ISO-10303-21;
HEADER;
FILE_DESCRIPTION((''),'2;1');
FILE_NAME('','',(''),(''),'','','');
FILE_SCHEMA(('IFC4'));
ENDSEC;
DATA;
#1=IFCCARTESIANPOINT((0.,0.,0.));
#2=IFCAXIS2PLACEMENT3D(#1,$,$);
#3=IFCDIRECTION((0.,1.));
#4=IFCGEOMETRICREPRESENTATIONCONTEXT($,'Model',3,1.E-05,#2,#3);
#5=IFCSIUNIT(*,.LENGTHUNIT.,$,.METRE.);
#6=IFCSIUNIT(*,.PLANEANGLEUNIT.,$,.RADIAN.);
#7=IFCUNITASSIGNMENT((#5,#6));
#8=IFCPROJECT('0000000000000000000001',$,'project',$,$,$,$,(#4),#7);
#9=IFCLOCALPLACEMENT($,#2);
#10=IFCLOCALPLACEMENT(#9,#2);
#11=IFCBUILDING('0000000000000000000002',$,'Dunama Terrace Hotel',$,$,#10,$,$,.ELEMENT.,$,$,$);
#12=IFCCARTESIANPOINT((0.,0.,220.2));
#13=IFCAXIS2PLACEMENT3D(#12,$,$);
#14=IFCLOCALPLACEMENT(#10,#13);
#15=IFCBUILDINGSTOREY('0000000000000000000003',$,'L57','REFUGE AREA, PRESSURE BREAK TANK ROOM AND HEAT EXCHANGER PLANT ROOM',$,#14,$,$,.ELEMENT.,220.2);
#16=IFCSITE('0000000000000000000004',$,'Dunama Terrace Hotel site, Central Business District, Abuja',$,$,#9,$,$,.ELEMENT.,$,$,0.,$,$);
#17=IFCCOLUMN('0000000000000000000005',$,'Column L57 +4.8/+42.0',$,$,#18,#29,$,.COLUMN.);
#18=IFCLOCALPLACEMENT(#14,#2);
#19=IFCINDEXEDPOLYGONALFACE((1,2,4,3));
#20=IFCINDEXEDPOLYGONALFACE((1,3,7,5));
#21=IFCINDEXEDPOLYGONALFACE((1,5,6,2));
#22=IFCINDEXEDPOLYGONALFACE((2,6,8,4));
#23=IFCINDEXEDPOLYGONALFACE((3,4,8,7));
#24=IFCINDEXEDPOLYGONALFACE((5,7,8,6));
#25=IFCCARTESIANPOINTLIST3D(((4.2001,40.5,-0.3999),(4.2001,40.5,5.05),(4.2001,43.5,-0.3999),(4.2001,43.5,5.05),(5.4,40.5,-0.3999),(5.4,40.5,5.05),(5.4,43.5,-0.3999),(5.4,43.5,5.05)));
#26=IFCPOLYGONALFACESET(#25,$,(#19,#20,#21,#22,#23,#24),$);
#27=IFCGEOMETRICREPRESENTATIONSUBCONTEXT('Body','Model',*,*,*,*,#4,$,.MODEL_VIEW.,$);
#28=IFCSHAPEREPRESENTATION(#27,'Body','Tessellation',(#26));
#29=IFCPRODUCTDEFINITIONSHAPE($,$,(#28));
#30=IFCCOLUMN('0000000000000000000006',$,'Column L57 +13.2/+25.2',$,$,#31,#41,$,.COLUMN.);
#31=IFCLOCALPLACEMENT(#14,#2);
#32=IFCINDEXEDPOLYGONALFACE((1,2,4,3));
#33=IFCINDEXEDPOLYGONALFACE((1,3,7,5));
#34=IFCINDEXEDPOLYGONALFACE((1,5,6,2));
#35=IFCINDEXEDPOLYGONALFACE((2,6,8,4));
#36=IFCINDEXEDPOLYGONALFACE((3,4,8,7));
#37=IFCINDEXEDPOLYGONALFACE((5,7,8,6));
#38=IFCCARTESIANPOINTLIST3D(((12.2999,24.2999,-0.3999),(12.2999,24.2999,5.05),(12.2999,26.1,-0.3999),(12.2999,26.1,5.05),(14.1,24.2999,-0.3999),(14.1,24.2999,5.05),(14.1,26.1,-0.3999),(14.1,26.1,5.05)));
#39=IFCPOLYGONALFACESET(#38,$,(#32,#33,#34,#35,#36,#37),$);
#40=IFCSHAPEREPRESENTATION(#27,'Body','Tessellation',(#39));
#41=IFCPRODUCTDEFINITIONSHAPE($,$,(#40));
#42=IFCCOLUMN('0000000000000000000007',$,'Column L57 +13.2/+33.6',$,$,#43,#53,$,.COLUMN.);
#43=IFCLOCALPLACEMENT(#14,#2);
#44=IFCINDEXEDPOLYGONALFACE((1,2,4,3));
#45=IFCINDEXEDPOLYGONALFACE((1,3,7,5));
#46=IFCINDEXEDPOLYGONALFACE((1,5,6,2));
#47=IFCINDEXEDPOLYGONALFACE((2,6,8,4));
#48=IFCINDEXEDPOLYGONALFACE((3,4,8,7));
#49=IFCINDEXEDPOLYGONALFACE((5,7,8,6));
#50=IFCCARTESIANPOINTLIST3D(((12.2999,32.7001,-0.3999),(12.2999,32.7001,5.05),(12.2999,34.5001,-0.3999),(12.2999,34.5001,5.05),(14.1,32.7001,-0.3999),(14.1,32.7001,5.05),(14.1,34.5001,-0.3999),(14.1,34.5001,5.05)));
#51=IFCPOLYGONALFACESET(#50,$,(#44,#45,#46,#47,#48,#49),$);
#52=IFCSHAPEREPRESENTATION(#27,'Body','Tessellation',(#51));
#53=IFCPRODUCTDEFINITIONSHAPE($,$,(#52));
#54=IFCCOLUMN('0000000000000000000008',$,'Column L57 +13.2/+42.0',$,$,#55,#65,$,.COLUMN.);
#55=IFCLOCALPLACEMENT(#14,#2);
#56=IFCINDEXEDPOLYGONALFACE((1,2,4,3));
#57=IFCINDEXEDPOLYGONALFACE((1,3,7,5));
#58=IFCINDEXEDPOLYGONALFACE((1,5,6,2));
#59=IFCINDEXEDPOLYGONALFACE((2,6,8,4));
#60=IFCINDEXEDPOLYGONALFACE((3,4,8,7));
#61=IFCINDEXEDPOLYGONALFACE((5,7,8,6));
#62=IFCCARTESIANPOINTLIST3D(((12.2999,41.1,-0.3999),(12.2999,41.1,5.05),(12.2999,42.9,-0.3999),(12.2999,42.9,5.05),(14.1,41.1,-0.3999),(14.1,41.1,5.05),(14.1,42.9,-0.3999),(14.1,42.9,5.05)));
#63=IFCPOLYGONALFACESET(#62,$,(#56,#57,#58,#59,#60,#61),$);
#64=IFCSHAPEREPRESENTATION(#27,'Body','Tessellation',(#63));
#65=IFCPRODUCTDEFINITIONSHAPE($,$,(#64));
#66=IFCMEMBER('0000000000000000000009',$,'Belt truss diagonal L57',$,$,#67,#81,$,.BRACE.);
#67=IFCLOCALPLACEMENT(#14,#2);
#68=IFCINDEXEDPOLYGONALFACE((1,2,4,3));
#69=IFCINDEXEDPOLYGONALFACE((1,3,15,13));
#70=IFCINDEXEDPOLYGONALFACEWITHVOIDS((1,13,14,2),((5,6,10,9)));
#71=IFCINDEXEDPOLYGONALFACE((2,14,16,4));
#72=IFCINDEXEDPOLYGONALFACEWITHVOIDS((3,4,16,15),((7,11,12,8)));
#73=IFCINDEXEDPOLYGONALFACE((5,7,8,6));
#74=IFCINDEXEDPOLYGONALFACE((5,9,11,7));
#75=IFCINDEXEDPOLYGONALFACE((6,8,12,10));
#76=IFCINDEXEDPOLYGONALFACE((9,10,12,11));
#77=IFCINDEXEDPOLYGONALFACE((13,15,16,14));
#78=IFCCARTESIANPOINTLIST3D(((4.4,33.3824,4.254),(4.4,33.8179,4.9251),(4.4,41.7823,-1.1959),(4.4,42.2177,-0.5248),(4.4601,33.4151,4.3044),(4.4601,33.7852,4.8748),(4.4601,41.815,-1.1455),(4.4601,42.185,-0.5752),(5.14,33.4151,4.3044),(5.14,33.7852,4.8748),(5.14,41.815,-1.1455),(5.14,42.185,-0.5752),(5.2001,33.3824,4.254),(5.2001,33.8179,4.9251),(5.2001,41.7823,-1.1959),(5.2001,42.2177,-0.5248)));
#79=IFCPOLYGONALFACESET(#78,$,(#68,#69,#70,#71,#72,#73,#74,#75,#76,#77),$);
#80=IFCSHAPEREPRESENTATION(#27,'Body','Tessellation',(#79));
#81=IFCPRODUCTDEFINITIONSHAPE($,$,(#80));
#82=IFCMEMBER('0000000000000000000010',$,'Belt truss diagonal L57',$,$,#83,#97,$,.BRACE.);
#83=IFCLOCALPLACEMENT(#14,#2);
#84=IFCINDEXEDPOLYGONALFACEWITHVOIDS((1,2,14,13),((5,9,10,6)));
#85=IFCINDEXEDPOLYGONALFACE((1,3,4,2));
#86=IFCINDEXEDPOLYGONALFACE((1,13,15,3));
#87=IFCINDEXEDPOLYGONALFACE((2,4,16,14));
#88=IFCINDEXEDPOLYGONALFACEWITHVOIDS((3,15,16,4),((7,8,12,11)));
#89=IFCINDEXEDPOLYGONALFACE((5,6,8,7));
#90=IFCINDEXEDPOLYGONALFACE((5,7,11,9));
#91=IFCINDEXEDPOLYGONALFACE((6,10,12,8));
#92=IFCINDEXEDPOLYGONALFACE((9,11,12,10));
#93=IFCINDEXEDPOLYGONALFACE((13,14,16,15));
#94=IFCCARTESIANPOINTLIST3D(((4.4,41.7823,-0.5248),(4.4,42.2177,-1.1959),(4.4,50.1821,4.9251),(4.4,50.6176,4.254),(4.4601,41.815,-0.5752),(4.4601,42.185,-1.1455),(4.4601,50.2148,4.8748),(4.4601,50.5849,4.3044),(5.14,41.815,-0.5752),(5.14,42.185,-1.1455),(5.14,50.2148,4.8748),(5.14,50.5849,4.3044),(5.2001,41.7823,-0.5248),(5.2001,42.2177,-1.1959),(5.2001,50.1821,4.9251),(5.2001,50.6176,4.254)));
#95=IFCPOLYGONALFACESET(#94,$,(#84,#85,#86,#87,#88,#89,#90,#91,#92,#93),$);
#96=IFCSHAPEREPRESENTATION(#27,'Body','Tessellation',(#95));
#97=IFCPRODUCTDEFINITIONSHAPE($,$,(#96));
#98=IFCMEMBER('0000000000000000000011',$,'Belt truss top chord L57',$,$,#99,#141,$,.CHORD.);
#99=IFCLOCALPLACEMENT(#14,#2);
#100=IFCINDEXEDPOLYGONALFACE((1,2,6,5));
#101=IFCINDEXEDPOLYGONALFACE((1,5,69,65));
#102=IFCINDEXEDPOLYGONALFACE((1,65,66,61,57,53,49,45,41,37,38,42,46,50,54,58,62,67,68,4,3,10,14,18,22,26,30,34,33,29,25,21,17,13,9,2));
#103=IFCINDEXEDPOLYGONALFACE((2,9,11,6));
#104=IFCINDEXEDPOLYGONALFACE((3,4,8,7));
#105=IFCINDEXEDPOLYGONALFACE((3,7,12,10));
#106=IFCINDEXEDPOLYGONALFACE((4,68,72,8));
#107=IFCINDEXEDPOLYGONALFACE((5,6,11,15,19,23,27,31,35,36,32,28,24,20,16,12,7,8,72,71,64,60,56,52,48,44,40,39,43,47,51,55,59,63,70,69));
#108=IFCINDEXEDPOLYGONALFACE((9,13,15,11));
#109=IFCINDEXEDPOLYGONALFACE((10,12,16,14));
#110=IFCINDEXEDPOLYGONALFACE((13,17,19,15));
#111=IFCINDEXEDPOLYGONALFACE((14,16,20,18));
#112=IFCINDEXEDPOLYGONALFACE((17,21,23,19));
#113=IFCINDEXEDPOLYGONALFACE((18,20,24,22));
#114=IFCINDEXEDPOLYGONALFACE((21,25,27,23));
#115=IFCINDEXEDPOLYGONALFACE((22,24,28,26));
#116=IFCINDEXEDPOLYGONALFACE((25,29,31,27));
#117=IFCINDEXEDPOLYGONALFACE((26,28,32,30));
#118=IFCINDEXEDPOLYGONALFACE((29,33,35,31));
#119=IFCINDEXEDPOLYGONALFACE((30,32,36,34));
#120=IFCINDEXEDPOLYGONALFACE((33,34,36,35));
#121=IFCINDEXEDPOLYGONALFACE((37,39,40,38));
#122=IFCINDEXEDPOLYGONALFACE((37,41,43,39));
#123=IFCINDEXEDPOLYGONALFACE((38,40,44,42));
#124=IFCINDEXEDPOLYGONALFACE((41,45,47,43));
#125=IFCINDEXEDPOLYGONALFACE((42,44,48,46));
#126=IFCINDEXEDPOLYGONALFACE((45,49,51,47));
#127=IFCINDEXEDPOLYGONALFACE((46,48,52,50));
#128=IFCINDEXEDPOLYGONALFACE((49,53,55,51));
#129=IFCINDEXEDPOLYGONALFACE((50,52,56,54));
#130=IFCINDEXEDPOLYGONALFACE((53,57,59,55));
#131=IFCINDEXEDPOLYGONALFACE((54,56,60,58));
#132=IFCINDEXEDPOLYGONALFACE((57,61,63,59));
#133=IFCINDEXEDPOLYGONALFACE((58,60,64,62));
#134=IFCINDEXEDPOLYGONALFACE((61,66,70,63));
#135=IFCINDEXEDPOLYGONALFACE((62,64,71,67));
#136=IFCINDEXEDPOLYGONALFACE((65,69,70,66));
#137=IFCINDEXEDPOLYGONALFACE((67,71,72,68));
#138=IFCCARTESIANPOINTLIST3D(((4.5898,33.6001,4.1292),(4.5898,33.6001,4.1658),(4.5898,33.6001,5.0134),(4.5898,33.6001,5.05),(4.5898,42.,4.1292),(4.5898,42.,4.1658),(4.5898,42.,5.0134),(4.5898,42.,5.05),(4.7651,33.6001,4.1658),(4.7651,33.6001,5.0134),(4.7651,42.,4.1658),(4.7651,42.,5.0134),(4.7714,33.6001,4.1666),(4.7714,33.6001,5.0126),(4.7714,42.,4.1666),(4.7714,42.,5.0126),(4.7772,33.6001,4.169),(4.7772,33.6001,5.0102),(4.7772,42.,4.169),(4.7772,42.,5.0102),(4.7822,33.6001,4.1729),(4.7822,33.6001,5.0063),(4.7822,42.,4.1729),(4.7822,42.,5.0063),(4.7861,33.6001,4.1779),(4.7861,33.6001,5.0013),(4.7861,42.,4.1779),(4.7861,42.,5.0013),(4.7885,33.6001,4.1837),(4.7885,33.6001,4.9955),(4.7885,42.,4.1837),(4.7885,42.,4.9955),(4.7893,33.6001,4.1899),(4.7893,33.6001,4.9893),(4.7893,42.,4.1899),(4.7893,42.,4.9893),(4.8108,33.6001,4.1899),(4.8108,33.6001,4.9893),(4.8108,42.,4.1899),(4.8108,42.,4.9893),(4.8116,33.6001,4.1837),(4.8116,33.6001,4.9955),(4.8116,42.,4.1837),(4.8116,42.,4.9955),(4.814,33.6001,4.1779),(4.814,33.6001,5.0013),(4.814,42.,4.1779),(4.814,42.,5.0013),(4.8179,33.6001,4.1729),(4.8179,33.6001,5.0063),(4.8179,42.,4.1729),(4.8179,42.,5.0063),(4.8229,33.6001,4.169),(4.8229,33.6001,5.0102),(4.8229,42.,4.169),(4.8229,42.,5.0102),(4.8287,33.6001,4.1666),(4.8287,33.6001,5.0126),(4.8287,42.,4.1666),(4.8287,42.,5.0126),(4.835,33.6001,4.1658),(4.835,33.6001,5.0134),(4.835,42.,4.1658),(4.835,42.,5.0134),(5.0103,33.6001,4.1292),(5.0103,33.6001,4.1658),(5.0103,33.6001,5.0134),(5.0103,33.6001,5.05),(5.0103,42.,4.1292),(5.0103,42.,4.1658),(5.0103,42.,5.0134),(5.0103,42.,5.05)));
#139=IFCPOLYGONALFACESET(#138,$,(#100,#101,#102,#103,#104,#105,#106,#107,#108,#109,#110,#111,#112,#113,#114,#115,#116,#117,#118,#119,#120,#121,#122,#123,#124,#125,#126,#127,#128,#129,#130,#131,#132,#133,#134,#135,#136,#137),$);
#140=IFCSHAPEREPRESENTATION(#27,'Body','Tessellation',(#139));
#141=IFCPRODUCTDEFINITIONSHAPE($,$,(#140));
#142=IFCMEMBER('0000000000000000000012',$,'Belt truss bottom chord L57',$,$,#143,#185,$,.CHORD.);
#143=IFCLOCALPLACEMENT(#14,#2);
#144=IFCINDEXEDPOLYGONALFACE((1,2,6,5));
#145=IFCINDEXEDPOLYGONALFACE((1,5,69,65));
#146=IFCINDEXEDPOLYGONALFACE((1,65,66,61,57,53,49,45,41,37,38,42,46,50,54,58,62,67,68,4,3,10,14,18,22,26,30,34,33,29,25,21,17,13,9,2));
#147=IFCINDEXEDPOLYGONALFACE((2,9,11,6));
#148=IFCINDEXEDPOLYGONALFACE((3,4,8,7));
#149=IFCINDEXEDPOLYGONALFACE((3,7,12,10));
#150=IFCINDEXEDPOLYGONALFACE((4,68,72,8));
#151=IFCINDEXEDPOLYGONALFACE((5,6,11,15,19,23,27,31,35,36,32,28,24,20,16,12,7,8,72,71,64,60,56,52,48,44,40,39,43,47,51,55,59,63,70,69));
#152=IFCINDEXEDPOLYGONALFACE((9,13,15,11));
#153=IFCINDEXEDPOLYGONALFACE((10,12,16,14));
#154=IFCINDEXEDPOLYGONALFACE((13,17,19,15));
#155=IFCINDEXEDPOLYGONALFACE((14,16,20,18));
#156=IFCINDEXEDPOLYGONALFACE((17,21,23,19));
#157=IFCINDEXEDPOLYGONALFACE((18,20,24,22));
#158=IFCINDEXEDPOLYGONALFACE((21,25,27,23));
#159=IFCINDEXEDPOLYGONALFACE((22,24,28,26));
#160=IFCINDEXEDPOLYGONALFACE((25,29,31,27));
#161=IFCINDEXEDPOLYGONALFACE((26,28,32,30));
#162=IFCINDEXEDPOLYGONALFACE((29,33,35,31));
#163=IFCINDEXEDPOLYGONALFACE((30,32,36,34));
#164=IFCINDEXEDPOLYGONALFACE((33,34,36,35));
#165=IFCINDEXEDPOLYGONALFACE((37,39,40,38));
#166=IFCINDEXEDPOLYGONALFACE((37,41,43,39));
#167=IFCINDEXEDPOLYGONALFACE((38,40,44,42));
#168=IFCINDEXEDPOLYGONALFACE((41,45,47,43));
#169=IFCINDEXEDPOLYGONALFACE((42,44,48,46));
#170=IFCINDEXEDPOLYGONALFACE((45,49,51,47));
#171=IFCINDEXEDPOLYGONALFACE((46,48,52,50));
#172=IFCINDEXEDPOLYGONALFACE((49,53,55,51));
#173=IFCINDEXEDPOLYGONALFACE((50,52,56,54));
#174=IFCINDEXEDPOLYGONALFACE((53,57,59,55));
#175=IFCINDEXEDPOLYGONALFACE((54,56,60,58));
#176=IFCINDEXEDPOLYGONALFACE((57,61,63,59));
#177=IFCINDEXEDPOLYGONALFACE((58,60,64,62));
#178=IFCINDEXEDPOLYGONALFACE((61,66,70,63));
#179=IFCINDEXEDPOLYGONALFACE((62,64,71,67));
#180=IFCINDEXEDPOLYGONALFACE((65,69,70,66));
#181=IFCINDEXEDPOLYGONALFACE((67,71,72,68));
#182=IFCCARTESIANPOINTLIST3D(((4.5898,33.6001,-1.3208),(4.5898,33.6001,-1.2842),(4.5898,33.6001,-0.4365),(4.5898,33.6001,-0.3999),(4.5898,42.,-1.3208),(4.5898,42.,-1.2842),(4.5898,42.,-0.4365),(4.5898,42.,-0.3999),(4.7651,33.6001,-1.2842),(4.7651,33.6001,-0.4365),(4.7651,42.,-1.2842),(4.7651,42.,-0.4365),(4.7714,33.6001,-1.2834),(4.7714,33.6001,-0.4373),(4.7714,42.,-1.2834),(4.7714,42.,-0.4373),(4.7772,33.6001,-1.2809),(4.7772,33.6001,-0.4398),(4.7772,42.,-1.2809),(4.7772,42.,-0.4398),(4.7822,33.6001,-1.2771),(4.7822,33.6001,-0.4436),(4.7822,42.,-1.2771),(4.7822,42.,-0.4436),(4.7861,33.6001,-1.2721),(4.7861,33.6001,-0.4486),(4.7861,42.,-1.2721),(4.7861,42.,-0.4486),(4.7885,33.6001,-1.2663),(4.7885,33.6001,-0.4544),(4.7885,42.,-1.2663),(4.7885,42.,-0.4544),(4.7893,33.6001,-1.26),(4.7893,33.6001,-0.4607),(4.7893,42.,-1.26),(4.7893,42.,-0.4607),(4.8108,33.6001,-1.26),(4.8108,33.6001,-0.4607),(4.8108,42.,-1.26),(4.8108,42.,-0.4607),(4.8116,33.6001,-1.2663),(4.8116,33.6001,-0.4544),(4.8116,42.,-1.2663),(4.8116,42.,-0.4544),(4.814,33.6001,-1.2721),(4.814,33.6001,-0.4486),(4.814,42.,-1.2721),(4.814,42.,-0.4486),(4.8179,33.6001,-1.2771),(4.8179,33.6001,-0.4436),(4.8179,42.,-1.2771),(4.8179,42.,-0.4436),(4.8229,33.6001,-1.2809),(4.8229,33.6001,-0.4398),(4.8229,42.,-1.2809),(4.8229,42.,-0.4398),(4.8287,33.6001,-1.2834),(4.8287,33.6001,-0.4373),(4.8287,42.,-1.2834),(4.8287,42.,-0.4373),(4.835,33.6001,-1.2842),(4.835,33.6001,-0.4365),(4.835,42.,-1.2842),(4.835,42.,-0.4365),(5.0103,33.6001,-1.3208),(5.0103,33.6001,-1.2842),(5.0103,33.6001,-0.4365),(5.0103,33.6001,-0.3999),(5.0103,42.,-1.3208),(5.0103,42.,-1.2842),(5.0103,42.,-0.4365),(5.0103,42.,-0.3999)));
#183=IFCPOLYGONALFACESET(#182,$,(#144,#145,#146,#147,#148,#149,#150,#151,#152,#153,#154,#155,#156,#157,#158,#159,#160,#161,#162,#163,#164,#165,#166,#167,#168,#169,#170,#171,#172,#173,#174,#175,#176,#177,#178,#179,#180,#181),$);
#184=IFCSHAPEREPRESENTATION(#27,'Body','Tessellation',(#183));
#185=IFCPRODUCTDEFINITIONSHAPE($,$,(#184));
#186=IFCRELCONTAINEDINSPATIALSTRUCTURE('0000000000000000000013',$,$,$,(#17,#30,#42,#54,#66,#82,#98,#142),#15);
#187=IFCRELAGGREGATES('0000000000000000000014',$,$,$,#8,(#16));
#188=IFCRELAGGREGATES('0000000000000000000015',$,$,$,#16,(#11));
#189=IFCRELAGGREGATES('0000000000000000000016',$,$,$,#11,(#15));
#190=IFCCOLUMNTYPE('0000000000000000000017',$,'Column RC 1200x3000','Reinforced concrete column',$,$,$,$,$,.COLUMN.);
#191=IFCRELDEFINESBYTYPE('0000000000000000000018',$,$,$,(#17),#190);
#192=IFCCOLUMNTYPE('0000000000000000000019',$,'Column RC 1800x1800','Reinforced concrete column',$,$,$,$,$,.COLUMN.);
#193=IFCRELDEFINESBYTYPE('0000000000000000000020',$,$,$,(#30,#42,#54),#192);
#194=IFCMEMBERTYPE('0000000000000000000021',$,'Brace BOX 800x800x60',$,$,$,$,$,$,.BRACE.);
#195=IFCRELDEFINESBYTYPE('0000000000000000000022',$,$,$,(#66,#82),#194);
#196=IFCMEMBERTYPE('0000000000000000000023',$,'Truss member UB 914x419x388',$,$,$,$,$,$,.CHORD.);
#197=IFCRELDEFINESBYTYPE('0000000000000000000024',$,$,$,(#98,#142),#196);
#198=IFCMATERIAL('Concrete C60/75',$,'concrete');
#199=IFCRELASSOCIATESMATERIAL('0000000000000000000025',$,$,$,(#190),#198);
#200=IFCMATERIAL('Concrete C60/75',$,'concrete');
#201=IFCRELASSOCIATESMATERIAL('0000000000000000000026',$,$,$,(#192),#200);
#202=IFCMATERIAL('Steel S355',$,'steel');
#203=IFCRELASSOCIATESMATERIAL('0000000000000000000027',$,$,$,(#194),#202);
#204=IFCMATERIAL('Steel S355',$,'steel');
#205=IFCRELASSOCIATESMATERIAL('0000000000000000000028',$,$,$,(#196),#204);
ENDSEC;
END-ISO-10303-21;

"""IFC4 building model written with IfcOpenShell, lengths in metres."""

from ifc_helpers import new_model, si_unit, direction, frame, origin, origin_2d, place, context, subcontext, project, spatial, rectangle, hollow_rectangle, i_section, extrude, material, material_profile, profile_set, type_object, element, save


model = new_model("IFC4")

# Units and contexts
model_context = context("Model", 3, precision=1e-05, world=origin(), true_north=direction((0.0, 1.0)))
body_context = subcontext(model_context, "Body", "Model", "MODEL_VIEW")
ifc_project = project(units=[si_unit("LENGTHUNIT", "METRE"), si_unit("PLANEANGLEUNIT", "RADIAN")], contexts=[model_context])

# Site, building, storey
site_placement = place(None, origin())
site = spatial("IfcSite", under=ifc_project, at=site_placement, Name="Dunama Terrace Hotel site, Central Business District, Abuja", CompositionType="ELEMENT", RefElevation=0.0)
building_placement = place(site_placement, origin())
building = spatial("IfcBuilding", under=site, at=building_placement, Name="Dunama Terrace Hotel", CompositionType="ELEMENT")
storey_placement = place(building_placement, frame((0.0, 0.0, 220.2)))
storey = spatial("IfcBuildingStorey", under=building, at=storey_placement, Name="L57", Description="REFUGE AREA, PRESSURE BREAK TANK ROOM AND HEAT EXCHANGER PLANT ROOM", CompositionType="ELEMENT", Elevation=220.2)

# Columns
ifc_material_1 = material(Name="Concrete C60/75", Category="concrete")
ifc_material_profile_1 = material_profile(ifc_material_1, rectangle(XDim=1.2, YDim=3.0, at=origin_2d()), Name="RC 1200x3000")
ifc_profile_set_1 = profile_set([ifc_material_profile_1], Name="Concrete C60/75")
column_type_1 = type_object("IfcColumnType", Name="Column RC 1200x3000", Description="Reinforced concrete column", PredefinedType="COLUMN", material=ifc_profile_set_1)
column_placement = place(storey_placement, frame((4.8, 42.0, -0.3999), z_axis=(0.0, 0.0, 1.0), x_axis=(1.0, 0.0, 0.0)))
element("IfcColumn", 1, at=column_placement, inside=storey, type_object=column_type_1, Name="Column L57 +4.8/+42.0", PredefinedType="COLUMN", context=body_context, shape_type="SweptSolid", body=[
    extrude(rectangle(XDim=1.2, YDim=3.0, at=origin_2d()), origin(), (0.0, 0.0, 1.0), 5.45),
])
ifc_material_2 = material(Name="Concrete C60/75", Category="concrete")
ifc_material_profile_2 = material_profile(ifc_material_2, rectangle(XDim=1.8, YDim=1.8, at=origin_2d()), Name="RC 1800x1800")
ifc_profile_set_2 = profile_set([ifc_material_profile_2], Name="Concrete C60/75")
column_type_2 = type_object("IfcColumnType", Name="Column RC 1800x1800", Description="Reinforced concrete column", PredefinedType="COLUMN", material=ifc_profile_set_2)
for number, where, z_axis, x_axis, name in (
    (2, (13.2, 25.2, -0.3999), (0.0, 0.0, 1.0), (1.0, 0.0, 0.0), "Column L57 +13.2/+25.2"),
    (3, (13.2, 33.6001, -0.3999), (0.0, 0.0, 1.0), (1.0, 0.0, 0.0), "Column L57 +13.2/+33.6"),
    (4, (13.2, 42.0, -0.3999), (0.0, 0.0, 1.0), (1.0, 0.0, 0.0), "Column L57 +13.2/+42.0"),
):
    element("IfcColumn", number, at=place(storey_placement, frame(where, z_axis=z_axis, x_axis=x_axis)), inside=storey, type_object=column_type_2, Name=name, PredefinedType="COLUMN", context=body_context, shape_type="SweptSolid", body=[
        extrude(rectangle(XDim=1.8, YDim=1.8, at=origin_2d()), origin(), (0.0, 0.0, 1.0), 5.45),
    ])

# Members
ifc_material_3 = material(Name="Steel S355", Category="steel")
ifc_material_profile_3 = material_profile(ifc_material_3, hollow_rectangle(XDim=0.8, YDim=0.8, WallThickness=0.0601, at=origin_2d()), Name="BOX 800x800x60")
ifc_profile_set_3 = profile_set([ifc_material_profile_3], Name="Steel S355")
member_type_1 = type_object("IfcMemberType", Name="Brace BOX 800x800x60", PredefinedType="BRACE", material=ifc_profile_set_3)
for number, where, z_axis, x_axis, name in (
    (5, (4.8, 42.0, -0.8604), (0.0, -0.838899, 0.544287), (1.0, 0.0, 0.0), "Belt truss diagonal L57"),
    (6, (4.8, 42.0, -0.8604), (0.0, 0.838899, 0.544287), (-1.0, 0.0, 0.0), "Belt truss diagonal L57"),
):
    element("IfcMember", number, at=place(storey_placement, frame(where, z_axis=z_axis, x_axis=x_axis)), inside=storey, type_object=member_type_1, Name=name, PredefinedType="BRACE", context=body_context, shape_type="SweptSolid", body=[
        extrude(hollow_rectangle(XDim=0.8, YDim=0.8, WallThickness=0.0601, at=origin_2d()), origin(), (0.0, 0.0, 1.0), 10.0129),
    ])
ifc_material_4 = material(Name="Steel S355", Category="steel")
ifc_material_profile_4 = material_profile(ifc_material_4, i_section(OverallWidth=0.4204, OverallDepth=0.9209, WebThickness=0.0215, FlangeThickness=0.0366, FilletRadius=0.0242, at=origin_2d()), Name="UB 914x419x388")
ifc_profile_set_4 = profile_set([ifc_material_profile_4], Name="Steel S355")
member_type_2 = type_object("IfcMemberType", Name="Truss member UB 914x419x388", PredefinedType="CHORD", material=ifc_profile_set_4)
for number, where, z_axis, x_axis, name in (
    (7, (4.8, 33.6001, 4.5896), (0.0, 1.0, 0.0), (-1.0, 0.0, 0.0), "Belt truss top chord L57"),
    (8, (4.8, 33.6001, -0.8604), (0.0, 1.0, 0.0), (-1.0, 0.0, 0.0), "Belt truss bottom chord L57"),
):
    element("IfcMember", number, at=place(storey_placement, frame(where, z_axis=z_axis, x_axis=x_axis)), inside=storey, type_object=member_type_2, Name=name, PredefinedType="CHORD", context=body_context, shape_type="SweptSolid", body=[
        extrude(i_section(OverallWidth=0.4204, OverallDepth=0.9209, WebThickness=0.0215, FlangeThickness=0.0366, FilletRadius=0.0242, at=origin_2d()), origin(), (0.0, 0.0, 1.0), 8.3999),
    ])

save(model, "model.ifc")
